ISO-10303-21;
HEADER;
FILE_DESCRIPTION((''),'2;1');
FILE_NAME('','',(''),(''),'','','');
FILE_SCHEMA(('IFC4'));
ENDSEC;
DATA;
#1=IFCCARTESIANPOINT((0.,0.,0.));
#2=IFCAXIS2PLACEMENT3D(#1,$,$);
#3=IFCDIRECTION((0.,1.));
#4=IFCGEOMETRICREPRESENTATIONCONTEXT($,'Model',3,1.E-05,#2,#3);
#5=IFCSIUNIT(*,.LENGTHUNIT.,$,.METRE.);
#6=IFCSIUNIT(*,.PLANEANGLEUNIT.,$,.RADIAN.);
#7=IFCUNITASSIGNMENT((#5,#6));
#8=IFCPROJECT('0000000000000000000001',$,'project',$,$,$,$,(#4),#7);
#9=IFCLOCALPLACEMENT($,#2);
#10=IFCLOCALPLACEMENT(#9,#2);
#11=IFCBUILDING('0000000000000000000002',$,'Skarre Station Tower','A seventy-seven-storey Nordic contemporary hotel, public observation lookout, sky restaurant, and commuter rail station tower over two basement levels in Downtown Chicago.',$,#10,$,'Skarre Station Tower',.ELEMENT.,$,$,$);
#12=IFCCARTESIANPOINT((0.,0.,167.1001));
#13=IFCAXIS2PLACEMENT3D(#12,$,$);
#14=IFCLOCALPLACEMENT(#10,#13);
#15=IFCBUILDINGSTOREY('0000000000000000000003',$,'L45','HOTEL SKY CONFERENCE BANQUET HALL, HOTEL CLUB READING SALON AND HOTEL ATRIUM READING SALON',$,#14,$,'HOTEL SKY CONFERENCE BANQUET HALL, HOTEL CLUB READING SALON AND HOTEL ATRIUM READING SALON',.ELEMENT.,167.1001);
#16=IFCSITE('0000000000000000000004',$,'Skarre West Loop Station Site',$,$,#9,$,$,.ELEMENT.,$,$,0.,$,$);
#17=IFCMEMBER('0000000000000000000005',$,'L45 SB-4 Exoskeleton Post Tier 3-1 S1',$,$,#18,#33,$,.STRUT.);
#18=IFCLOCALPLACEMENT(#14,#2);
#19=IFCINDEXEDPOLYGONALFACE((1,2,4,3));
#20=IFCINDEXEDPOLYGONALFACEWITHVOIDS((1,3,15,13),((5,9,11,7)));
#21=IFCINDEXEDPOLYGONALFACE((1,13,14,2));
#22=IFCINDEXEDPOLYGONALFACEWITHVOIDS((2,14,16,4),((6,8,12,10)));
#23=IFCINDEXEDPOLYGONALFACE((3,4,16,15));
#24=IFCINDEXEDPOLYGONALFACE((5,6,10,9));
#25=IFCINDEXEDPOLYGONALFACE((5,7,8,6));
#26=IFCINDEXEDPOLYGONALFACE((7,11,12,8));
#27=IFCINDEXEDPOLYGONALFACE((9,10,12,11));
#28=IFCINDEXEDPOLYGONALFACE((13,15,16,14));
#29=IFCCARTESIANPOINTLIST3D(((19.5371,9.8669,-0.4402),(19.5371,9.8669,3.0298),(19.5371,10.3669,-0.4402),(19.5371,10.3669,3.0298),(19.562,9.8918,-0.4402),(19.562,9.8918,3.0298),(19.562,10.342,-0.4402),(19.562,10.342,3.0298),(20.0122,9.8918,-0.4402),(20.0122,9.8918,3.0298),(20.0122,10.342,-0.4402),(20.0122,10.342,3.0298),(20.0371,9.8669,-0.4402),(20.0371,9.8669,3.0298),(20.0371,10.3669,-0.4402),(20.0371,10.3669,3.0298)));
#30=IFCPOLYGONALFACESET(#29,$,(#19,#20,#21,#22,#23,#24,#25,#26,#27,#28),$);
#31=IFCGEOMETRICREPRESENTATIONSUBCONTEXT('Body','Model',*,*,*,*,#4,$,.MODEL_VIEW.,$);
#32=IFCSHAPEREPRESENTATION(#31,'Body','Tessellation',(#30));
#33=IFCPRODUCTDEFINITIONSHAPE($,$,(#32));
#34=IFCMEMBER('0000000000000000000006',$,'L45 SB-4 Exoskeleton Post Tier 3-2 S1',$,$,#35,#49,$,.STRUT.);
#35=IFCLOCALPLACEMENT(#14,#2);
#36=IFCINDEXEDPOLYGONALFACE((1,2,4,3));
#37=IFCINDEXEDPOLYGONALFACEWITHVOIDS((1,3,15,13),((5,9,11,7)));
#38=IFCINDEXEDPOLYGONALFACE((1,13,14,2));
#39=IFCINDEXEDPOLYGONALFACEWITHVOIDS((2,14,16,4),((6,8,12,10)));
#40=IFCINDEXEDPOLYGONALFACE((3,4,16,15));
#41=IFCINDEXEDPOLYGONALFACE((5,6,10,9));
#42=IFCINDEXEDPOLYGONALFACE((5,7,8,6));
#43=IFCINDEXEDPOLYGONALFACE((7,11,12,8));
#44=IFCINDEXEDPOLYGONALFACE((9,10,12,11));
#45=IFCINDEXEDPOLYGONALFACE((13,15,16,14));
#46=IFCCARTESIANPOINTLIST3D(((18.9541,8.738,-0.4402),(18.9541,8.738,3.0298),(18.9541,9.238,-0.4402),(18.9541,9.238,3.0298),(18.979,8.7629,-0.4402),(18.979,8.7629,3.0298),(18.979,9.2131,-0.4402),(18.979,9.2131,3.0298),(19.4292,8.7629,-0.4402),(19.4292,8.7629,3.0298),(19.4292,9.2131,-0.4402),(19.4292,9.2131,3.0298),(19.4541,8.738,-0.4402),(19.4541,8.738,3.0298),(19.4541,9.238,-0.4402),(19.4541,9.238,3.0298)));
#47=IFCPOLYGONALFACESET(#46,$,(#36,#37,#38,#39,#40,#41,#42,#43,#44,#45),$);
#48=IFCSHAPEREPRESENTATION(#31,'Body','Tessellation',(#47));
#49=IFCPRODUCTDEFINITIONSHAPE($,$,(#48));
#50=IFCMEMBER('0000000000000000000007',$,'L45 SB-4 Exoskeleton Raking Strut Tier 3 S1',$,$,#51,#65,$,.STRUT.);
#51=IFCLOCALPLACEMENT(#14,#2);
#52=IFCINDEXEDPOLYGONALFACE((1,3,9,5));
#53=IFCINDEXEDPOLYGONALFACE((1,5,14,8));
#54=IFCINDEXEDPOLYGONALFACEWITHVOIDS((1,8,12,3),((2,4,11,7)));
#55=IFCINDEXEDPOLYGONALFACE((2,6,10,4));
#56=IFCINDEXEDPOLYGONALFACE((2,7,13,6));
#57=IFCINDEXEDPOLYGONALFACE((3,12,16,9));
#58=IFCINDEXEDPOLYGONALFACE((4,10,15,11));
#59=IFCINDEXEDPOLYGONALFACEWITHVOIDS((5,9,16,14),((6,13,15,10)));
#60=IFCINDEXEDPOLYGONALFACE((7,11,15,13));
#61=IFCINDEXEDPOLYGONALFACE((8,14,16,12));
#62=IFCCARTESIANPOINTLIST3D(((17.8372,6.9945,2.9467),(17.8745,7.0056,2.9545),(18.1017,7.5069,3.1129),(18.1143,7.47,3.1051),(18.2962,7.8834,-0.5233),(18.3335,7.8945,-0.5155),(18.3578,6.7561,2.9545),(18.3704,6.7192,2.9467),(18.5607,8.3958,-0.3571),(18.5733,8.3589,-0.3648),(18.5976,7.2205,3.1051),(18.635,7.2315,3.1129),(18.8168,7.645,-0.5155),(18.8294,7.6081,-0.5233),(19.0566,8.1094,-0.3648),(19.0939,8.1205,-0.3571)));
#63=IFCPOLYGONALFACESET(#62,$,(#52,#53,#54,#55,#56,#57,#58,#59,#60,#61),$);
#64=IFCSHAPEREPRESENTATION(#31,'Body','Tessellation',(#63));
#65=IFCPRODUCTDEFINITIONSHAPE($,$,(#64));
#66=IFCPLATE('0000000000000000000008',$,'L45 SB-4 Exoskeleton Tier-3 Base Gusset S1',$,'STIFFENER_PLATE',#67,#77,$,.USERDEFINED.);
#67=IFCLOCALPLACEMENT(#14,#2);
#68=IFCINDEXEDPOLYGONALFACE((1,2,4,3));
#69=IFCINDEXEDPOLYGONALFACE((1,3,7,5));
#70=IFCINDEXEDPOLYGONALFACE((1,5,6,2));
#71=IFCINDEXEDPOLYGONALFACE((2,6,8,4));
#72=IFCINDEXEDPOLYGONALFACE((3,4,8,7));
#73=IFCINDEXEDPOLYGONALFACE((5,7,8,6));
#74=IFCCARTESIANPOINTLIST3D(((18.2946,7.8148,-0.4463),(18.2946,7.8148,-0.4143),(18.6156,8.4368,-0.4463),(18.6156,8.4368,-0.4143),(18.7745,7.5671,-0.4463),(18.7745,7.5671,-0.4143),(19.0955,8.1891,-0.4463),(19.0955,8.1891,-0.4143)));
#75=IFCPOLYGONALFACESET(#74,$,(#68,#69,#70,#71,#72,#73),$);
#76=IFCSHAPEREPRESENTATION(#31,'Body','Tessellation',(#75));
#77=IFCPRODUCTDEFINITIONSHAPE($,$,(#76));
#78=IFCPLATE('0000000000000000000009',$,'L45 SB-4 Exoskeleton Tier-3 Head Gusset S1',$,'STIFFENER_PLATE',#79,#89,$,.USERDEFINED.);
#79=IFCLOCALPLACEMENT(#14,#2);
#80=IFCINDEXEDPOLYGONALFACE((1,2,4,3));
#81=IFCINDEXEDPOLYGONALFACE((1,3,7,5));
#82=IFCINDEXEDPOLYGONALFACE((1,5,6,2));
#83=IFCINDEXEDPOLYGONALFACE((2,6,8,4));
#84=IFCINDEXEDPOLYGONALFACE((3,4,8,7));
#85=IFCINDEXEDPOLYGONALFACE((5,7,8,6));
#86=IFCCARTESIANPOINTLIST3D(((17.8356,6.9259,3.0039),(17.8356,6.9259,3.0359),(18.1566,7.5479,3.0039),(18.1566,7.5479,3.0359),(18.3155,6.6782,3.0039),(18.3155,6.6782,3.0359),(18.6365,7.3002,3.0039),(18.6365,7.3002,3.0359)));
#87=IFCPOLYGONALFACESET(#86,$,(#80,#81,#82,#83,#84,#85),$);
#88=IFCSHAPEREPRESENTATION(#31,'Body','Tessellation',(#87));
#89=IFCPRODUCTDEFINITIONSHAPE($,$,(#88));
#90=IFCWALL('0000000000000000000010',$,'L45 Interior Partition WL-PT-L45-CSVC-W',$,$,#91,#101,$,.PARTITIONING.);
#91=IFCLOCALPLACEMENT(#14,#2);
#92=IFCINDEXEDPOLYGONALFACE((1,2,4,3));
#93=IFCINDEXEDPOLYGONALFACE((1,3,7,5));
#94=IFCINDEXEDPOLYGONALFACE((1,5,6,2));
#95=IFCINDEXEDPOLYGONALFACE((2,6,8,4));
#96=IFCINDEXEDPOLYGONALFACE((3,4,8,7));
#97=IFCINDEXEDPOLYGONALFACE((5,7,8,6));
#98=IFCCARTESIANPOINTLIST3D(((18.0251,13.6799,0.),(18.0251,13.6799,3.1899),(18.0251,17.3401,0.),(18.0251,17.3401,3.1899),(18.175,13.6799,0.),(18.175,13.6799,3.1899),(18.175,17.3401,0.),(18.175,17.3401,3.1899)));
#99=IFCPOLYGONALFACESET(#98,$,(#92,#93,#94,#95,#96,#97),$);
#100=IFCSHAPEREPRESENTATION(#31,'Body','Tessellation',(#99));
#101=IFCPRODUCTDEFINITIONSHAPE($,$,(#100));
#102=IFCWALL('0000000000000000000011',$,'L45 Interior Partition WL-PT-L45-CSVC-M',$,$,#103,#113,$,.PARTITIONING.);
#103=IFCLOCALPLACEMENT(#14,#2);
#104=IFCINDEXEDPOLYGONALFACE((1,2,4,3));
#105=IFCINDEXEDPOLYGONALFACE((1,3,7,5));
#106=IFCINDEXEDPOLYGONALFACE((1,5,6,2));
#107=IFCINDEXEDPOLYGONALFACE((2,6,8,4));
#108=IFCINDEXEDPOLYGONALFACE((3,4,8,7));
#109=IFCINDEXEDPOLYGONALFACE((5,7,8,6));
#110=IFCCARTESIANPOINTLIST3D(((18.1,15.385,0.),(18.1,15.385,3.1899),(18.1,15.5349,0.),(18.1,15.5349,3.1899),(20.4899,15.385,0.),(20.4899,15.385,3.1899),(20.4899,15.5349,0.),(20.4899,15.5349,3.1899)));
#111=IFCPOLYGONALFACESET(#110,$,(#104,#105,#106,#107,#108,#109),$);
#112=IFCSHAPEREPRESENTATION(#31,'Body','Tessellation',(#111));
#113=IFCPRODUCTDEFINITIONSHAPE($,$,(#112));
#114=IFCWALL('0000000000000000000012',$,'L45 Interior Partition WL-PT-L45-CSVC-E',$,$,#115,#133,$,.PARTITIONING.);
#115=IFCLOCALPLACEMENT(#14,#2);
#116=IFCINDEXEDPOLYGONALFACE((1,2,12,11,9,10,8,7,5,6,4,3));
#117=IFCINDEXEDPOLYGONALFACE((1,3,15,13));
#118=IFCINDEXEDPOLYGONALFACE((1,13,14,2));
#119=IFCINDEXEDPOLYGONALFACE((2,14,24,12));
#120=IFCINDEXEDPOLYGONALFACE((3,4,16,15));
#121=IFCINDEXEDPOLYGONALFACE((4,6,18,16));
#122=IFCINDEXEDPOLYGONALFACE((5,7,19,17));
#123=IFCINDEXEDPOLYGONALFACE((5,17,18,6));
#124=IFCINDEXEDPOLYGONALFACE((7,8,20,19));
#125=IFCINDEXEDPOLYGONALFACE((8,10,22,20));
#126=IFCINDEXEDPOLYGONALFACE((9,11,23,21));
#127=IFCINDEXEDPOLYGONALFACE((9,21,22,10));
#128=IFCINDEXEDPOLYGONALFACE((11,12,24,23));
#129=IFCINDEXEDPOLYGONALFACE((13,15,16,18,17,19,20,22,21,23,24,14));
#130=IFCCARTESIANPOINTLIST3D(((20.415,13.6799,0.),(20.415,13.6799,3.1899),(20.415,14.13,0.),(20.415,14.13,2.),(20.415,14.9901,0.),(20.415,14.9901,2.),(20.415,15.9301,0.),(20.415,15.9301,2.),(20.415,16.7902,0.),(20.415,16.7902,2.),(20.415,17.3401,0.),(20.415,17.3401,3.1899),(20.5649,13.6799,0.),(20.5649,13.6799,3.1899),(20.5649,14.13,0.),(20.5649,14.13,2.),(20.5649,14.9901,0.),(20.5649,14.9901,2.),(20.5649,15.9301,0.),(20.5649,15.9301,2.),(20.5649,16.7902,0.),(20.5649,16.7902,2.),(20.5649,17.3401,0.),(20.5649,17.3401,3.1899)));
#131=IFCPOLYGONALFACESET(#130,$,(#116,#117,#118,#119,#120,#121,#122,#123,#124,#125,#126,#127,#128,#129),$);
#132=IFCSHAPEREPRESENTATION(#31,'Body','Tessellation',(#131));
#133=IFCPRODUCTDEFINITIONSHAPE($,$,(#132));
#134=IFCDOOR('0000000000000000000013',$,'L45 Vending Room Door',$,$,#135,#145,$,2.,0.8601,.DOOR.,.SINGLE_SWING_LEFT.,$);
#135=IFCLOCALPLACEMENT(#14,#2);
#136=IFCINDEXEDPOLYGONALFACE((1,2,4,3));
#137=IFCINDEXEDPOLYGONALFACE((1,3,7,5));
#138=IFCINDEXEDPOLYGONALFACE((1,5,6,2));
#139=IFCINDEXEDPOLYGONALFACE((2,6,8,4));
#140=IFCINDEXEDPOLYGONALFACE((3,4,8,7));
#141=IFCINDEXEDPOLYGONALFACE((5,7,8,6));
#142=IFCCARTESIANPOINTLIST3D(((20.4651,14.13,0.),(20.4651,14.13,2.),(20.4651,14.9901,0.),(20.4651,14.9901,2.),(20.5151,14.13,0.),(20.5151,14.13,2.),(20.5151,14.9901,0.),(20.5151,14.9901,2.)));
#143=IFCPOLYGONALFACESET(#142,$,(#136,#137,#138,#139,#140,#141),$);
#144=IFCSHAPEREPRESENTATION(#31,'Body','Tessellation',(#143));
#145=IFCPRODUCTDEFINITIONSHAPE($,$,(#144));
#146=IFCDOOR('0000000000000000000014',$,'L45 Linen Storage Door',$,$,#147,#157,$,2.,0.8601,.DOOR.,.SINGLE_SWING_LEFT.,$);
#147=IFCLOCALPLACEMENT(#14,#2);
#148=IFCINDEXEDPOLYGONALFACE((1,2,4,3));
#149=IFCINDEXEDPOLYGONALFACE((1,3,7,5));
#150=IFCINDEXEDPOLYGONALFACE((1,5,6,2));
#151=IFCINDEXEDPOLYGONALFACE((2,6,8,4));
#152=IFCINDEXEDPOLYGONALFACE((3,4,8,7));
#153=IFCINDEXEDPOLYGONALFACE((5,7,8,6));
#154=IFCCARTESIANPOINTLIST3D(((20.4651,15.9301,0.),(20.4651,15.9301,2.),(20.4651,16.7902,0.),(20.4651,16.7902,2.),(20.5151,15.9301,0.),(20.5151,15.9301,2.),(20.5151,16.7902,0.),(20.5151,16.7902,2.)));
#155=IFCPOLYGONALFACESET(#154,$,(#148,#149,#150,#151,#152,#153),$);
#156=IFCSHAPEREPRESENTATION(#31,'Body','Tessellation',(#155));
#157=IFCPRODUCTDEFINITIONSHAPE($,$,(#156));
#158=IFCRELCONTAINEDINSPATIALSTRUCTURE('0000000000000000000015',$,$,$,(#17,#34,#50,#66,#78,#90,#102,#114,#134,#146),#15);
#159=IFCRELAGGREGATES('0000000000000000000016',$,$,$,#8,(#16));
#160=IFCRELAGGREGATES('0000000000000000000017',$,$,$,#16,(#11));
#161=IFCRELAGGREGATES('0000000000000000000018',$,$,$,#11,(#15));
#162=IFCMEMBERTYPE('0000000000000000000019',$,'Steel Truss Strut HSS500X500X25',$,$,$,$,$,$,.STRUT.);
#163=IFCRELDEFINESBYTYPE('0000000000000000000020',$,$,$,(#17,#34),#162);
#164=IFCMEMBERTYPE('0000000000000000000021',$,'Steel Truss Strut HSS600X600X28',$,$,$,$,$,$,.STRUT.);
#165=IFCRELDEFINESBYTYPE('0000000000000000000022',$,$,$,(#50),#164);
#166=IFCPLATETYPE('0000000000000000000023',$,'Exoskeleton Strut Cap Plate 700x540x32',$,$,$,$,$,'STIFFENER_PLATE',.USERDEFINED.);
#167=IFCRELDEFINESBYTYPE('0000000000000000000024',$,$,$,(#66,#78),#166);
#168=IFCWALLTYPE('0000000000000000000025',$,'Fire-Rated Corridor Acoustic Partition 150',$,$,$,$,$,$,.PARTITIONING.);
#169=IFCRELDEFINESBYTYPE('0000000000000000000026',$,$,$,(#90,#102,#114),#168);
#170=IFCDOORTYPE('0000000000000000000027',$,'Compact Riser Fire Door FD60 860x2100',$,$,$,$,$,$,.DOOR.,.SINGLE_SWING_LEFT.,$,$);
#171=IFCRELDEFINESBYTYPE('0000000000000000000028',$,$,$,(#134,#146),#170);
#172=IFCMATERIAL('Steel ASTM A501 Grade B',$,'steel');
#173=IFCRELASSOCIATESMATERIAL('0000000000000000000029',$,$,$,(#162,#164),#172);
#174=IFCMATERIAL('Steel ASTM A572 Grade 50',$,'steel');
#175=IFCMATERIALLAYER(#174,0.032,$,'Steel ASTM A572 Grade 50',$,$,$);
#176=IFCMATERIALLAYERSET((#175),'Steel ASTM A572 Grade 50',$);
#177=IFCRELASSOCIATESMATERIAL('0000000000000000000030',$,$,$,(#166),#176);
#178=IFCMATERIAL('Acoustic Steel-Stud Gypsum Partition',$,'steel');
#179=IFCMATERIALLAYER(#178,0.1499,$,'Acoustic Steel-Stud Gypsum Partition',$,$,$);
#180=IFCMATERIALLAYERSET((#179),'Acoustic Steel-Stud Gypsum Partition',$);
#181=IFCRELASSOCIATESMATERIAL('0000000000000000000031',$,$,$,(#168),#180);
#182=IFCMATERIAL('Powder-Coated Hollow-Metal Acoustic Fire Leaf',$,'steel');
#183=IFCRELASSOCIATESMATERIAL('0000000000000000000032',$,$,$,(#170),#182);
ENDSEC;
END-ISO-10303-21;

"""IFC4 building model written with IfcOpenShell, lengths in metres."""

from ifc_helpers import new_model, si_unit, direction, frame, frame_2d, origin, origin_2d, place, context, subcontext, project, spatial, rectangle, hollow_rectangle, extrude, material, layer, layer_set, material_profile, profile_set, type_object, element, fill, save


model = new_model("IFC4")

# Units and contexts
model_context = context("Model", 3, precision=1e-05, world=origin(), true_north=direction((0.0, 1.0)))
body_context = subcontext(model_context, "Body", "Model", "MODEL_VIEW")
ifc_project = project(units=[si_unit("LENGTHUNIT", "METRE"), si_unit("PLANEANGLEUNIT", "RADIAN")], contexts=[model_context])

# Site, building, storey
site_placement = place(None, origin())
site = spatial("IfcSite", under=ifc_project, at=site_placement, Name="Skarre West Loop Station Site", CompositionType="ELEMENT", RefElevation=0.0)
building_placement = place(site_placement, origin())
building = spatial("IfcBuilding", under=site, at=building_placement, Name="Skarre Station Tower", Description="A seventy-seven-storey Nordic contemporary hotel, public observation lookout, sky restaurant, and commuter rail station tower over two basement levels in Downtown Chicago.", LongName="Skarre Station Tower", CompositionType="ELEMENT")
storey_placement = place(building_placement, frame((0.0, 0.0, 167.1001)))
storey = spatial("IfcBuildingStorey", under=building, at=storey_placement, Name="L45", Description="HOTEL SKY CONFERENCE BANQUET HALL, HOTEL CLUB READING SALON AND HOTEL ATRIUM READING SALON", LongName="HOTEL SKY CONFERENCE BANQUET HALL, HOTEL CLUB READING SALON AND HOTEL ATRIUM READING SALON", CompositionType="ELEMENT", Elevation=167.1001)

# Members
ifc_material_1 = material(Name="Steel ASTM A501 Grade B", Category="steel")
ifc_material_profile_1 = material_profile(ifc_material_1, hollow_rectangle(XDim=0.5, YDim=0.5, WallThickness=0.0249, at=origin_2d()), Name="Steel ASTM A501 Grade B")
ifc_profile_set_1 = profile_set([ifc_material_profile_1], Name="Steel ASTM A501 Grade B")
member_type_1 = type_object("IfcMemberType", Name="Steel Truss Strut HSS500X500X25", PredefinedType="STRUT", material=ifc_profile_set_1)
for number, where, z_axis, x_axis, name in (
    (1, (19.7871, 10.1169, -0.4402), (0.0, 0.0, 1.0), (1.0, 0.0, 0.0), "L45 SB-4 Exoskeleton Post Tier 3-1 S1"),
    (2, (19.2041, 8.988, -0.4402), (0.0, 0.0, 1.0), (1.0, 0.0, 0.0), "L45 SB-4 Exoskeleton Post Tier 3-2 S1"),
):
    element("IfcMember", number, at=place(storey_placement, frame(where, z_axis=z_axis, x_axis=x_axis)), inside=storey, type_object=member_type_1, Name=name, PredefinedType="STRUT", context=body_context, shape_type="SweptSolid", body=[
        extrude(hollow_rectangle(XDim=0.5, YDim=0.5, WallThickness=0.0249, at=origin_2d()), origin(), (0.0, 0.0, 1.0), 3.47),
    ])
ifc_material_profile_2 = material_profile(ifc_material_1, hollow_rectangle(XDim=0.6001, YDim=0.6001, WallThickness=0.0281, at=origin_2d()), Name="Steel ASTM A501 Grade B")
ifc_profile_set_2 = profile_set([ifc_material_profile_2], Name="Steel ASTM A501 Grade B")
member_type_2 = type_object("IfcMemberType", Name="Steel Truss Strut HSS600X600X28", PredefinedType="STRUT", material=ifc_profile_set_2)
member_placement = place(storey_placement, frame((18.6951, 8.002, -0.4402), z_axis=(-0.127096, -0.246148, 0.960863), x_axis=(0.888544, -0.458792, 0.0)))
element("IfcMember", 3, at=member_placement, inside=storey, type_object=member_type_2, Name="L45 SB-4 Exoskeleton Raking Strut Tier 3 S1", PredefinedType="STRUT", context=body_context, shape_type="SweptSolid", body=[
    extrude(hollow_rectangle(XDim=0.6001, YDim=0.6001, WallThickness=0.0281, at=origin_2d()), origin(), (0.0, 0.0, 1.0), 3.6113),
])

# Plates
ifc_material_2 = material(Name="Steel ASTM A572 Grade 50", Category="steel")
ifc_layer_1 = layer(ifc_material_2, 0.032, Name="Steel ASTM A572 Grade 50")
ifc_layer_set_1 = layer_set([ifc_layer_1], Name="Steel ASTM A572 Grade 50")
plate_type = type_object("IfcPlateType", Name="Exoskeleton Strut Cap Plate 700x540x32", ElementType="STIFFENER_PLATE", PredefinedType="USERDEFINED", material=ifc_layer_set_1)
for number, where, z_axis, x_axis, name in (
    (4, (18.6951, 8.002, -0.4463), (0.0, 0.0, 1.0), (-0.458634, -0.888625, 0.0), "L45 SB-4 Exoskeleton Tier-3 Base Gusset S1"),
    (5, (18.2361, 7.113, 3.0039), (0.0, 0.0, 1.0), (-0.458634, -0.888625, 0.0), "L45 SB-4 Exoskeleton Tier-3 Head Gusset S1"),
):
    element("IfcPlate", number, at=place(storey_placement, frame(where, z_axis=z_axis, x_axis=x_axis)), inside=storey, type_object=plate_type, Name=name, ObjectType="STIFFENER_PLATE", PredefinedType="USERDEFINED", context=body_context, shape_type="SweptSolid", body=[
        extrude(rectangle(XDim=0.7, YDim=0.54, at=origin_2d()), origin(), (0.0, 0.0, 1.0), 0.032),
    ])

# Walls
ifc_material_3 = material(Name="Acoustic Steel-Stud Gypsum Partition", Category="steel")
ifc_layer_2 = layer(ifc_material_3, 0.1499, Name="Acoustic Steel-Stud Gypsum Partition")
ifc_layer_set_2 = layer_set([ifc_layer_2], Name="Acoustic Steel-Stud Gypsum Partition")
wall_type_1 = type_object("IfcWallType", Name="Fire-Rated Corridor Acoustic Partition 150", PredefinedType="PARTITIONING", material=ifc_layer_set_2)
wall_1_placement = place(storey_placement, frame((18.1001, 17.3401, 0.0), z_axis=(0.0, 0.0, 1.0), x_axis=(0.0, -1.0, 0.0)))
element("IfcWall", 6, at=wall_1_placement, inside=storey, type_object=wall_type_1, Name="L45 Interior Partition WL-PT-L45-CSVC-W", PredefinedType="PARTITIONING", context=body_context, shape_type="SweptSolid", body=[
    extrude(rectangle(XDim=3.6602, YDim=0.1499, at=frame_2d((1.8301, 0.0))), origin(), (0.0, 0.0, 1.0), 3.1899),
])
wall_2_placement = place(storey_placement, frame((18.1001, 15.46, 0.0), z_axis=(0.0, 0.0, 1.0), x_axis=(1.0, 0.0, 0.0)))
element("IfcWall", 7, at=wall_2_placement, inside=storey, type_object=wall_type_1, Name="L45 Interior Partition WL-PT-L45-CSVC-M", PredefinedType="PARTITIONING", context=body_context, shape_type="SweptSolid", body=[
    extrude(rectangle(XDim=2.3899, YDim=0.1499, at=frame_2d((1.1948, 0.0))), origin(), (0.0, 0.0, 1.0), 3.1899),
])

# Wall, openings, doors
wall_3_placement = place(storey_placement, frame((20.49, 13.6799, 0.0), z_axis=(0.0, 0.0, 1.0), x_axis=(0.0, 1.0, 0.0)))
wall_3 = element("IfcWall", 8, at=wall_3_placement, inside=storey, type_object=wall_type_1, Name="L45 Interior Partition WL-PT-L45-CSVC-E", PredefinedType="PARTITIONING", context=body_context, shape_type="SweptSolid", body=[
    extrude(rectangle(XDim=3.6602, YDim=0.1499, at=frame_2d((1.8301, 0.0))), origin(), (0.0, 0.0, 1.0), 3.1899),
])
opening_1_placement = place(wall_3_placement, frame((0.45, 0.0, 0.0)))
opening_1 = element("IfcOpeningElement", 9, at=opening_1_placement, cuts=wall_3, PredefinedType="OPENING", context=body_context, shape_type="SweptSolid", body=[
    extrude(rectangle(XDim=0.8601, YDim=2.0, at=frame_2d((0.4302, 1.0))), frame((0.0, 0.085, 0.0), z_axis=(0.0, -1.0, 0.0), x_axis=(1.0, 0.0, 0.0)), (0.0, 0.0, 1.0), 0.1699),
])
opening_2_placement = place(wall_3_placement, frame((2.25, 0.0, 0.0)))
opening_2 = element("IfcOpeningElement", 10, at=opening_2_placement, cuts=wall_3, PredefinedType="OPENING", context=body_context, shape_type="SweptSolid", body=[
    extrude(rectangle(XDim=0.8601, YDim=2.0, at=frame_2d((0.4302, 1.0))), frame((0.0, 0.085, 0.0), z_axis=(0.0, -1.0, 0.0), x_axis=(1.0, 0.0, 0.0)), (0.0, 0.0, 1.0), 0.1699),
])
ifc_material_4 = material(Name="Powder-Coated Hollow-Metal Acoustic Fire Leaf", Category="steel")
door_type_1 = type_object("IfcDoorType", Name="Compact Riser Fire Door FD60 860x2100", OperationType="SINGLE_SWING_LEFT", PredefinedType="DOOR", material=ifc_material_4)
door_1_placement = place(opening_1_placement, origin())
door_1 = element("IfcDoor", 11, at=door_1_placement, inside=storey, type_object=door_type_1, Name="L45 Vending Room Door", OperationType="SINGLE_SWING_LEFT", OverallHeight=2.0, OverallWidth=0.8601, PredefinedType="DOOR", context=body_context, shape_type="SweptSolid", body=[
    extrude(rectangle(XDim=0.8601, YDim=2.0, at=frame_2d((0.4302, 1.0))), frame((0.0, 0.0249, 0.0), z_axis=(0.0, -1.0, 0.0), x_axis=(1.0, 0.0, 0.0)), (0.0, 0.0, 1.0), 0.05),
])
fill(opening_1, door_1)
door_2_placement = place(opening_2_placement, origin())
door_2 = element("IfcDoor", 12, at=door_2_placement, inside=storey, type_object=door_type_1, Name="L45 Linen Storage Door", OperationType="SINGLE_SWING_LEFT", OverallHeight=2.0, OverallWidth=0.8601, PredefinedType="DOOR", context=body_context, shape_type="SweptSolid", body=[
    extrude(rectangle(XDim=0.8601, YDim=2.0, at=frame_2d((0.4302, 1.0))), frame((0.0, 0.0249, 0.0), z_axis=(0.0, -1.0, 0.0), x_axis=(1.0, 0.0, 0.0)), (0.0, 0.0, 1.0), 0.05),
])
fill(opening_2, door_2)

save(model, "model.ifc")
